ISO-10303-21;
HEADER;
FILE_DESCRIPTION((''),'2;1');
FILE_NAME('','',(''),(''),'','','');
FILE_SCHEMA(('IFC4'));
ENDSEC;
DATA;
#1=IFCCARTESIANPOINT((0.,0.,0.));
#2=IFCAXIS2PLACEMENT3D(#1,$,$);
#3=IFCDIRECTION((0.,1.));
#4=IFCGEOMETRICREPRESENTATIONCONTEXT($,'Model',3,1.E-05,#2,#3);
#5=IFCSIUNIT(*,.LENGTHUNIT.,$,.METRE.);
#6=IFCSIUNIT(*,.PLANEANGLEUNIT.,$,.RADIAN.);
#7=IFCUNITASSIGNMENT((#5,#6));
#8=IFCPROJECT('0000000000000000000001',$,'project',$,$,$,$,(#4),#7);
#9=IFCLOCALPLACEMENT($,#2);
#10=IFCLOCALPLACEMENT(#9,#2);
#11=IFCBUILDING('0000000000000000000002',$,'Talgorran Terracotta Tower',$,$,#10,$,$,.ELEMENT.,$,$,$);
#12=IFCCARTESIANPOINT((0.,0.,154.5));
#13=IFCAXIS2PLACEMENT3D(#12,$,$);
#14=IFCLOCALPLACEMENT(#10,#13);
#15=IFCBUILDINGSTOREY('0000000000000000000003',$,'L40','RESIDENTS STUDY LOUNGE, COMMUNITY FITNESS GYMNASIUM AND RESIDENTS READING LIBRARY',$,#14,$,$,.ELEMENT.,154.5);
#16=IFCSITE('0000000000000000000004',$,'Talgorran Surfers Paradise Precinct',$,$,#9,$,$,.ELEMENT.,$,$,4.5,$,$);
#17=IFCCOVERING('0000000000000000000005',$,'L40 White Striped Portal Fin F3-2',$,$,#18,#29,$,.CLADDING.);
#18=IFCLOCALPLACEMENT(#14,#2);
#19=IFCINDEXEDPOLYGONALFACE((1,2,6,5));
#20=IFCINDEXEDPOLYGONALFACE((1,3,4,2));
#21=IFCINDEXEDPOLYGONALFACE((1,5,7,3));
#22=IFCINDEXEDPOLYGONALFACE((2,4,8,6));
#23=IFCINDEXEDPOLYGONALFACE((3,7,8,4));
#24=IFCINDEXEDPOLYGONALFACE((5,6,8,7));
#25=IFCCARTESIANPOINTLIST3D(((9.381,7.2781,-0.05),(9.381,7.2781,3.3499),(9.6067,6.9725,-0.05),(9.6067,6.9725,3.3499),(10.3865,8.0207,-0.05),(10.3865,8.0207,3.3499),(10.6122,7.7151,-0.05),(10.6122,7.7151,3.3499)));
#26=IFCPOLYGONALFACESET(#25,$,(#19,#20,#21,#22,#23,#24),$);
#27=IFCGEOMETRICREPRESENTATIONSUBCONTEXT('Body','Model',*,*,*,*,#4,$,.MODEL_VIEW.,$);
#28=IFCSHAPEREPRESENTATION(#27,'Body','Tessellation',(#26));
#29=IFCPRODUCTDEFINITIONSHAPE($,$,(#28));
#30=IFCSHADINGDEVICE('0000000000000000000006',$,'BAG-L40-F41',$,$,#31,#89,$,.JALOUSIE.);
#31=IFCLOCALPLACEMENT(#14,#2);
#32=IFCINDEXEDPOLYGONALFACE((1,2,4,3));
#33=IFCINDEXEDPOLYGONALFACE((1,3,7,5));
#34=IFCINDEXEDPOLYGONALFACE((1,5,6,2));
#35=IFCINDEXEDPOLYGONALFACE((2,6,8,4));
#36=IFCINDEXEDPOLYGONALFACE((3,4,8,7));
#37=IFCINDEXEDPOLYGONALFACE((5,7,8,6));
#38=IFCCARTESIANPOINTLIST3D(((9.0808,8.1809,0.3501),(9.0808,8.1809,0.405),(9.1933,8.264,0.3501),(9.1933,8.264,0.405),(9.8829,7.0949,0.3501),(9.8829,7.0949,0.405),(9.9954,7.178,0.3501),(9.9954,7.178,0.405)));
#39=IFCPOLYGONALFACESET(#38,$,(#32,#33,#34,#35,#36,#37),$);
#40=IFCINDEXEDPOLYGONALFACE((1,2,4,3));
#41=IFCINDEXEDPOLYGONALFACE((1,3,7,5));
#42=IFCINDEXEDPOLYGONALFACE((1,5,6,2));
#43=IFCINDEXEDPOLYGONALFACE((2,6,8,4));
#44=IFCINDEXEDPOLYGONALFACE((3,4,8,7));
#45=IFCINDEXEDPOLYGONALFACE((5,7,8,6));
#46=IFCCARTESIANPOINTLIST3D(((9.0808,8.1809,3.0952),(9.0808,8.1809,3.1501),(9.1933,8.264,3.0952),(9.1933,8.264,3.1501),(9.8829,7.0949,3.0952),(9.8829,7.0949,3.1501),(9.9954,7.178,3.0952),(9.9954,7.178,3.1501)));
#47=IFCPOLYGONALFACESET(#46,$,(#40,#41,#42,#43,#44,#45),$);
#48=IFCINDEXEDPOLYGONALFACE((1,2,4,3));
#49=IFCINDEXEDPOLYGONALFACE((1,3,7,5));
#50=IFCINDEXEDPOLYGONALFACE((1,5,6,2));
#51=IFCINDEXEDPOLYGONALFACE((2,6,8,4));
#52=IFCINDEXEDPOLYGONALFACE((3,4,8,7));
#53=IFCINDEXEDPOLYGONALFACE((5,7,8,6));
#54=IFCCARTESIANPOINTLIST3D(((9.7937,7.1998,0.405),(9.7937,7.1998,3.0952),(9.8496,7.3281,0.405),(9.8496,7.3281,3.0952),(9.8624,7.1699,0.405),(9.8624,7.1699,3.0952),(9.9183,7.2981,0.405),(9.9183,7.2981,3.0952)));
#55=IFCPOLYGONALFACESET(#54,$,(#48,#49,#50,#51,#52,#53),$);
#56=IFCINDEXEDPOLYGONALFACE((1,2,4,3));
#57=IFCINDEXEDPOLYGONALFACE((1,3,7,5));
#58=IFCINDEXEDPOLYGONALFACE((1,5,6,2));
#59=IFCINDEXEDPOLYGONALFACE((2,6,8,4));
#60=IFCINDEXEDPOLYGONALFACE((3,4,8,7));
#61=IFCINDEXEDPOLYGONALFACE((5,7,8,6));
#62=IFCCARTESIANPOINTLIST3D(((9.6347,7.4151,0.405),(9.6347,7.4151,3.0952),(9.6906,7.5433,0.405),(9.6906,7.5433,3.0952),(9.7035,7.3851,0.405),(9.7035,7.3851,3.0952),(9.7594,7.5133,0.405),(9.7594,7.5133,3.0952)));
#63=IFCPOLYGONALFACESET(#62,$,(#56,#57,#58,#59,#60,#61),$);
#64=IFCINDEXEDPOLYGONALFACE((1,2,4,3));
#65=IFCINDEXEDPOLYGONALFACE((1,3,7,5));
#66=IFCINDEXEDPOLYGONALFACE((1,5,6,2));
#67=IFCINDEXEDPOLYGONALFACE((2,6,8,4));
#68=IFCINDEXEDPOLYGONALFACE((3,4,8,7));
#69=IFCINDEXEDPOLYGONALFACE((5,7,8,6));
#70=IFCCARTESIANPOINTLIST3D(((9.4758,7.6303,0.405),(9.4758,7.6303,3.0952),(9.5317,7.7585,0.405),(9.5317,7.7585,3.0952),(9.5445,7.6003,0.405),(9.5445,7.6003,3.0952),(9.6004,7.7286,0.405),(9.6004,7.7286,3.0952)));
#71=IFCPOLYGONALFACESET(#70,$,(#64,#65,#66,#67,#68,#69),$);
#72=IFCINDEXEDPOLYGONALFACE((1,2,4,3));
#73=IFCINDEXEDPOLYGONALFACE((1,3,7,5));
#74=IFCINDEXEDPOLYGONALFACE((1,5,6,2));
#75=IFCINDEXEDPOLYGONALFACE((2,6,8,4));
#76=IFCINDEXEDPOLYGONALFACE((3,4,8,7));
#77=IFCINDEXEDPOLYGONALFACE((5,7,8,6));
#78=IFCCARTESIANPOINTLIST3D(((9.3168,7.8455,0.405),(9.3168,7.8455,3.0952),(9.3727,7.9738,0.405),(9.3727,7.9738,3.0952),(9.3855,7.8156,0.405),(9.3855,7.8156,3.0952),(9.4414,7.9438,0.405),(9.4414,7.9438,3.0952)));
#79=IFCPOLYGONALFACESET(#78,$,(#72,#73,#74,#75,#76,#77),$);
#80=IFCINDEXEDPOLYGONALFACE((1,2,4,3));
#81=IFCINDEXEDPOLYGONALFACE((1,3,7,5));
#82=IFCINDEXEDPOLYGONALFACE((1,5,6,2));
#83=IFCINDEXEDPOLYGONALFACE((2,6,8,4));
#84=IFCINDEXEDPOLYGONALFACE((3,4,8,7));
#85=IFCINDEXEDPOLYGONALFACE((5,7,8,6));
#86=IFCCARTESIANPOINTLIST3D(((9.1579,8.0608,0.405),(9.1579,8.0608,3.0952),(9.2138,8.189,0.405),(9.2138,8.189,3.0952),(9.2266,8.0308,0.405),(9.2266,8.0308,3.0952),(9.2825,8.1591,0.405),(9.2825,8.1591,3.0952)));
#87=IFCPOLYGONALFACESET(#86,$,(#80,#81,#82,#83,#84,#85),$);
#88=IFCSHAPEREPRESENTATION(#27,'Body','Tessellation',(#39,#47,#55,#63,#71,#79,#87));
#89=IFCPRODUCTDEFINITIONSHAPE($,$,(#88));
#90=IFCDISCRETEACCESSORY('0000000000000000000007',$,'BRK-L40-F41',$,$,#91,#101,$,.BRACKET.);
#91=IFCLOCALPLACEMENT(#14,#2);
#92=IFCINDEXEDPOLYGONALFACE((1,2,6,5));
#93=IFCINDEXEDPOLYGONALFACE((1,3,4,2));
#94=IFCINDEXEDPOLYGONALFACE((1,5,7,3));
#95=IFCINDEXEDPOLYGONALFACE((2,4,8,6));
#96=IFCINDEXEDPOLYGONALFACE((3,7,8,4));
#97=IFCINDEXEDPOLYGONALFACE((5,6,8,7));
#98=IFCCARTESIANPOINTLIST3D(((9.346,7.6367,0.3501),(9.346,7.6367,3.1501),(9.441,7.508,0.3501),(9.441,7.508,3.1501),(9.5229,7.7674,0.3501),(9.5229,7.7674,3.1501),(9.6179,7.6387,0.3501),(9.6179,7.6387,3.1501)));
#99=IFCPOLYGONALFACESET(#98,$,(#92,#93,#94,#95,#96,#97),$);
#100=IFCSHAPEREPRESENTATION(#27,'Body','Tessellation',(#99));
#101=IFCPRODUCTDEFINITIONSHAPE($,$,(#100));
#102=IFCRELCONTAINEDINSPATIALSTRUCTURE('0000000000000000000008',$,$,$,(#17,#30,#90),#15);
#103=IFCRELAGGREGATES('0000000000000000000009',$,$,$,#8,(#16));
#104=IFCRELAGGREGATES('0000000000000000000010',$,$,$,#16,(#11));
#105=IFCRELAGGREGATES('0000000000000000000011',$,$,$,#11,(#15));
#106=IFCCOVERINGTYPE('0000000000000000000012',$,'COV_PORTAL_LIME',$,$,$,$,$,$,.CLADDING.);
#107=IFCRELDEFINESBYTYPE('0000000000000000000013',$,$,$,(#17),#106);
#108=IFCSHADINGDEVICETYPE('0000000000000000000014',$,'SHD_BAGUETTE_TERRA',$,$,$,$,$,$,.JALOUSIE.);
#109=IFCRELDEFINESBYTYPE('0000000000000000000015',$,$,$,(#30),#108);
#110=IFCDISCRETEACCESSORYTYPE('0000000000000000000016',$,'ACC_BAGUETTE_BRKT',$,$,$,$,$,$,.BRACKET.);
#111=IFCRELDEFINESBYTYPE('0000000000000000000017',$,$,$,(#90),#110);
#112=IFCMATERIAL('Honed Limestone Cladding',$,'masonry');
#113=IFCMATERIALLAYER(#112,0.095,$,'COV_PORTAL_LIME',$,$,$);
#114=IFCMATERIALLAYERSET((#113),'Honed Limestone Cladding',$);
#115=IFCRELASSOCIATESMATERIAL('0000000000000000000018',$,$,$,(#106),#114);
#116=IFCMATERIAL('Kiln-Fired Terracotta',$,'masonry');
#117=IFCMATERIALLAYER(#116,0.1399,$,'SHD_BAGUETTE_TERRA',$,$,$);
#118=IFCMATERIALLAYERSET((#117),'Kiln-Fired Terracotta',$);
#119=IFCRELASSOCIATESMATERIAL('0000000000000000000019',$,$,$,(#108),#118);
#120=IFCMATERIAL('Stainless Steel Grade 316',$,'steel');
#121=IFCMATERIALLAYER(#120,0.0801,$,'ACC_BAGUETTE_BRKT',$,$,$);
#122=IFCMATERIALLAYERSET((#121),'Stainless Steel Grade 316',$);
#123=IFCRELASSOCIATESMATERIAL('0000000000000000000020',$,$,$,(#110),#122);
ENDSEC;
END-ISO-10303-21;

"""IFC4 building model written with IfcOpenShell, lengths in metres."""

from ifc_helpers import new_model, si_unit, direction, frame, origin, origin_2d, place, context, subcontext, project, spatial, rectangle, extrude, source, transform, mapped, material, layer, layer_set, type_object, type_shapes, element, save


model = new_model("IFC4")

# Units and contexts
model_context = context("Model", 3, precision=1e-05, world=origin(), true_north=direction((0.0, 1.0)))
body_context = subcontext(model_context, "Body", "Model", "MODEL_VIEW")
ifc_project = project(units=[si_unit("LENGTHUNIT", "METRE"), si_unit("PLANEANGLEUNIT", "RADIAN")], contexts=[model_context])

# Site, building, storey
site_placement = place(None, origin())
site = spatial("IfcSite", under=ifc_project, at=site_placement, Name="Talgorran Surfers Paradise Precinct", CompositionType="ELEMENT", RefElevation=4.5)
building_placement = place(site_placement, origin())
building = spatial("IfcBuilding", under=site, at=building_placement, Name="Talgorran Terracotta Tower", CompositionType="ELEMENT")
storey_placement = place(building_placement, frame((0.0, 0.0, 154.5)))
storey = spatial("IfcBuildingStorey", under=building, at=storey_placement, Name="L40", Description="RESIDENTS STUDY LOUNGE, COMMUNITY FITNESS GYMNASIUM AND RESIDENTS READING LIBRARY", CompositionType="ELEMENT", Elevation=154.5)

# Covering
ifc_material_1 = material(Name="Honed Limestone Cladding", Category="masonry")
ifc_layer_1 = layer(ifc_material_1, 0.095, Name="COV_PORTAL_LIME")
ifc_layer_set_1 = layer_set([ifc_layer_1], Name="Honed Limestone Cladding")
covering_type_1 = type_object("IfcCoveringType", Name="COV_PORTAL_LIME", PredefinedType="CLADDING", material=ifc_layer_set_1)
covering_1_placement = place(storey_placement, frame((9.9966, 7.4966, -0.05), z_axis=(0.0, 0.0, 1.0), x_axis=(-0.594079, 0.804407, 0.0)))
element("IfcCovering", 1, at=covering_1_placement, inside=storey, type_object=covering_type_1, Name="L40 White Striped Portal Fin F3-2", PredefinedType="CLADDING", context=body_context, shape_type="SweptSolid", body=[
    extrude(rectangle(XDim=0.3799, YDim=1.25, at=origin_2d()), origin(), (0.0, 0.0, 1.0), 3.3999),
])

# Shading device
ifc_material_2 = material(Name="Kiln-Fired Terracotta", Category="masonry")
ifc_layer_2 = layer(ifc_material_2, 0.1399, Name="SHD_BAGUETTE_TERRA")
ifc_layer_set_2 = layer_set([ifc_layer_2], Name="Kiln-Fired Terracotta")
shading_device_type = type_object("IfcShadingDeviceType", Name="SHD_BAGUETTE_TERRA", PredefinedType="JALOUSIE", material=ifc_layer_set_2)
shared_shape_1 = source(origin(), body_context, "Body", "SweptSolid", [
    extrude(rectangle(XDim=1.3501, YDim=0.1399, at=origin_2d()), origin(), (0.0, 0.0, 1.0), 0.0549),
    extrude(rectangle(XDim=1.3501, YDim=0.1399, at=origin_2d()), frame((0.0, 0.0, 2.7451)), (0.0, 0.0, 1.0), 0.0549),
    extrude(rectangle(XDim=0.075, YDim=0.1399, at=origin_2d()), frame((-0.5352, 0.0, 0.0549), z_axis=(0.0, 0.0, 1.0), x_axis=(0.866025, 0.5, 0.0)), (0.0, 0.0, 1.0), 2.6902),
    extrude(rectangle(XDim=0.075, YDim=0.1399, at=origin_2d()), frame((-0.2676, 0.0, 0.0549), z_axis=(0.0, 0.0, 1.0), x_axis=(0.866025, 0.5, 0.0)), (0.0, 0.0, 1.0), 2.6902),
    extrude(rectangle(XDim=0.075, YDim=0.1399, at=origin_2d()), frame((0.0, 0.0, 0.0549), z_axis=(0.0, 0.0, 1.0), x_axis=(0.866025, 0.5, 0.0)), (0.0, 0.0, 1.0), 2.6902),
    extrude(rectangle(XDim=0.075, YDim=0.1399, at=origin_2d()), frame((0.2676, 0.0, 0.0549), z_axis=(0.0, 0.0, 1.0), x_axis=(0.866025, 0.5, 0.0)), (0.0, 0.0, 1.0), 2.6902),
    extrude(rectangle(XDim=0.075, YDim=0.1399, at=origin_2d()), frame((0.5352, 0.0, 0.0549), z_axis=(0.0, 0.0, 1.0), x_axis=(0.866025, 0.5, 0.0)), (0.0, 0.0, 1.0), 2.6902),
])
type_shapes(shading_device_type, [shared_shape_1])
shading_device_placement = place(storey_placement, frame((9.5381, 7.6794, 0.3501), z_axis=(0.0, 0.0, 1.0), x_axis=(-0.594079, 0.804407, 0.0)))
element("IfcShadingDevice", 2, at=shading_device_placement, inside=storey, type_object=shading_device_type, Name="BAG-L40-F41", PredefinedType="JALOUSIE", context=body_context, shape_type="MappedRepresentation", body=[
    mapped(shared_shape_1, transform((0.0, 0.0, 0.0), scale=1.0)),
])

# Discrete accessory
ifc_material_3 = material(Name="Stainless Steel Grade 316", Category="steel")
ifc_layer_3 = layer(ifc_material_3, 0.0801, Name="ACC_BAGUETTE_BRKT")
ifc_layer_set_3 = layer_set([ifc_layer_3], Name="Stainless Steel Grade 316")
discrete_accessory_type = type_object("IfcDiscreteAccessoryType", Name="ACC_BAGUETTE_BRKT", PredefinedType="BRACKET", material=ifc_layer_set_3)
shared_shape_2 = source(origin(), body_context, "Body", "SweptSolid", [
    extrude(rectangle(XDim=0.1599, YDim=0.22, at=origin_2d()), origin(), (0.0, 0.0, 1.0), 2.8),
])
type_shapes(discrete_accessory_type, [shared_shape_2])
discrete_accessory_placement = place(storey_placement, frame((9.4819, 7.6377, 0.3501), z_axis=(0.0, 0.0, 1.0), x_axis=(-0.594079, 0.804407, 0.0)))
element("IfcDiscreteAccessory", 3, at=discrete_accessory_placement, inside=storey, type_object=discrete_accessory_type, Name="BRK-L40-F41", PredefinedType="BRACKET", context=body_context, shape_type="MappedRepresentation", body=[
    mapped(shared_shape_2, transform((0.0, 0.0, 0.0), scale=1.0)),
])

save(model, "model.ifc")
